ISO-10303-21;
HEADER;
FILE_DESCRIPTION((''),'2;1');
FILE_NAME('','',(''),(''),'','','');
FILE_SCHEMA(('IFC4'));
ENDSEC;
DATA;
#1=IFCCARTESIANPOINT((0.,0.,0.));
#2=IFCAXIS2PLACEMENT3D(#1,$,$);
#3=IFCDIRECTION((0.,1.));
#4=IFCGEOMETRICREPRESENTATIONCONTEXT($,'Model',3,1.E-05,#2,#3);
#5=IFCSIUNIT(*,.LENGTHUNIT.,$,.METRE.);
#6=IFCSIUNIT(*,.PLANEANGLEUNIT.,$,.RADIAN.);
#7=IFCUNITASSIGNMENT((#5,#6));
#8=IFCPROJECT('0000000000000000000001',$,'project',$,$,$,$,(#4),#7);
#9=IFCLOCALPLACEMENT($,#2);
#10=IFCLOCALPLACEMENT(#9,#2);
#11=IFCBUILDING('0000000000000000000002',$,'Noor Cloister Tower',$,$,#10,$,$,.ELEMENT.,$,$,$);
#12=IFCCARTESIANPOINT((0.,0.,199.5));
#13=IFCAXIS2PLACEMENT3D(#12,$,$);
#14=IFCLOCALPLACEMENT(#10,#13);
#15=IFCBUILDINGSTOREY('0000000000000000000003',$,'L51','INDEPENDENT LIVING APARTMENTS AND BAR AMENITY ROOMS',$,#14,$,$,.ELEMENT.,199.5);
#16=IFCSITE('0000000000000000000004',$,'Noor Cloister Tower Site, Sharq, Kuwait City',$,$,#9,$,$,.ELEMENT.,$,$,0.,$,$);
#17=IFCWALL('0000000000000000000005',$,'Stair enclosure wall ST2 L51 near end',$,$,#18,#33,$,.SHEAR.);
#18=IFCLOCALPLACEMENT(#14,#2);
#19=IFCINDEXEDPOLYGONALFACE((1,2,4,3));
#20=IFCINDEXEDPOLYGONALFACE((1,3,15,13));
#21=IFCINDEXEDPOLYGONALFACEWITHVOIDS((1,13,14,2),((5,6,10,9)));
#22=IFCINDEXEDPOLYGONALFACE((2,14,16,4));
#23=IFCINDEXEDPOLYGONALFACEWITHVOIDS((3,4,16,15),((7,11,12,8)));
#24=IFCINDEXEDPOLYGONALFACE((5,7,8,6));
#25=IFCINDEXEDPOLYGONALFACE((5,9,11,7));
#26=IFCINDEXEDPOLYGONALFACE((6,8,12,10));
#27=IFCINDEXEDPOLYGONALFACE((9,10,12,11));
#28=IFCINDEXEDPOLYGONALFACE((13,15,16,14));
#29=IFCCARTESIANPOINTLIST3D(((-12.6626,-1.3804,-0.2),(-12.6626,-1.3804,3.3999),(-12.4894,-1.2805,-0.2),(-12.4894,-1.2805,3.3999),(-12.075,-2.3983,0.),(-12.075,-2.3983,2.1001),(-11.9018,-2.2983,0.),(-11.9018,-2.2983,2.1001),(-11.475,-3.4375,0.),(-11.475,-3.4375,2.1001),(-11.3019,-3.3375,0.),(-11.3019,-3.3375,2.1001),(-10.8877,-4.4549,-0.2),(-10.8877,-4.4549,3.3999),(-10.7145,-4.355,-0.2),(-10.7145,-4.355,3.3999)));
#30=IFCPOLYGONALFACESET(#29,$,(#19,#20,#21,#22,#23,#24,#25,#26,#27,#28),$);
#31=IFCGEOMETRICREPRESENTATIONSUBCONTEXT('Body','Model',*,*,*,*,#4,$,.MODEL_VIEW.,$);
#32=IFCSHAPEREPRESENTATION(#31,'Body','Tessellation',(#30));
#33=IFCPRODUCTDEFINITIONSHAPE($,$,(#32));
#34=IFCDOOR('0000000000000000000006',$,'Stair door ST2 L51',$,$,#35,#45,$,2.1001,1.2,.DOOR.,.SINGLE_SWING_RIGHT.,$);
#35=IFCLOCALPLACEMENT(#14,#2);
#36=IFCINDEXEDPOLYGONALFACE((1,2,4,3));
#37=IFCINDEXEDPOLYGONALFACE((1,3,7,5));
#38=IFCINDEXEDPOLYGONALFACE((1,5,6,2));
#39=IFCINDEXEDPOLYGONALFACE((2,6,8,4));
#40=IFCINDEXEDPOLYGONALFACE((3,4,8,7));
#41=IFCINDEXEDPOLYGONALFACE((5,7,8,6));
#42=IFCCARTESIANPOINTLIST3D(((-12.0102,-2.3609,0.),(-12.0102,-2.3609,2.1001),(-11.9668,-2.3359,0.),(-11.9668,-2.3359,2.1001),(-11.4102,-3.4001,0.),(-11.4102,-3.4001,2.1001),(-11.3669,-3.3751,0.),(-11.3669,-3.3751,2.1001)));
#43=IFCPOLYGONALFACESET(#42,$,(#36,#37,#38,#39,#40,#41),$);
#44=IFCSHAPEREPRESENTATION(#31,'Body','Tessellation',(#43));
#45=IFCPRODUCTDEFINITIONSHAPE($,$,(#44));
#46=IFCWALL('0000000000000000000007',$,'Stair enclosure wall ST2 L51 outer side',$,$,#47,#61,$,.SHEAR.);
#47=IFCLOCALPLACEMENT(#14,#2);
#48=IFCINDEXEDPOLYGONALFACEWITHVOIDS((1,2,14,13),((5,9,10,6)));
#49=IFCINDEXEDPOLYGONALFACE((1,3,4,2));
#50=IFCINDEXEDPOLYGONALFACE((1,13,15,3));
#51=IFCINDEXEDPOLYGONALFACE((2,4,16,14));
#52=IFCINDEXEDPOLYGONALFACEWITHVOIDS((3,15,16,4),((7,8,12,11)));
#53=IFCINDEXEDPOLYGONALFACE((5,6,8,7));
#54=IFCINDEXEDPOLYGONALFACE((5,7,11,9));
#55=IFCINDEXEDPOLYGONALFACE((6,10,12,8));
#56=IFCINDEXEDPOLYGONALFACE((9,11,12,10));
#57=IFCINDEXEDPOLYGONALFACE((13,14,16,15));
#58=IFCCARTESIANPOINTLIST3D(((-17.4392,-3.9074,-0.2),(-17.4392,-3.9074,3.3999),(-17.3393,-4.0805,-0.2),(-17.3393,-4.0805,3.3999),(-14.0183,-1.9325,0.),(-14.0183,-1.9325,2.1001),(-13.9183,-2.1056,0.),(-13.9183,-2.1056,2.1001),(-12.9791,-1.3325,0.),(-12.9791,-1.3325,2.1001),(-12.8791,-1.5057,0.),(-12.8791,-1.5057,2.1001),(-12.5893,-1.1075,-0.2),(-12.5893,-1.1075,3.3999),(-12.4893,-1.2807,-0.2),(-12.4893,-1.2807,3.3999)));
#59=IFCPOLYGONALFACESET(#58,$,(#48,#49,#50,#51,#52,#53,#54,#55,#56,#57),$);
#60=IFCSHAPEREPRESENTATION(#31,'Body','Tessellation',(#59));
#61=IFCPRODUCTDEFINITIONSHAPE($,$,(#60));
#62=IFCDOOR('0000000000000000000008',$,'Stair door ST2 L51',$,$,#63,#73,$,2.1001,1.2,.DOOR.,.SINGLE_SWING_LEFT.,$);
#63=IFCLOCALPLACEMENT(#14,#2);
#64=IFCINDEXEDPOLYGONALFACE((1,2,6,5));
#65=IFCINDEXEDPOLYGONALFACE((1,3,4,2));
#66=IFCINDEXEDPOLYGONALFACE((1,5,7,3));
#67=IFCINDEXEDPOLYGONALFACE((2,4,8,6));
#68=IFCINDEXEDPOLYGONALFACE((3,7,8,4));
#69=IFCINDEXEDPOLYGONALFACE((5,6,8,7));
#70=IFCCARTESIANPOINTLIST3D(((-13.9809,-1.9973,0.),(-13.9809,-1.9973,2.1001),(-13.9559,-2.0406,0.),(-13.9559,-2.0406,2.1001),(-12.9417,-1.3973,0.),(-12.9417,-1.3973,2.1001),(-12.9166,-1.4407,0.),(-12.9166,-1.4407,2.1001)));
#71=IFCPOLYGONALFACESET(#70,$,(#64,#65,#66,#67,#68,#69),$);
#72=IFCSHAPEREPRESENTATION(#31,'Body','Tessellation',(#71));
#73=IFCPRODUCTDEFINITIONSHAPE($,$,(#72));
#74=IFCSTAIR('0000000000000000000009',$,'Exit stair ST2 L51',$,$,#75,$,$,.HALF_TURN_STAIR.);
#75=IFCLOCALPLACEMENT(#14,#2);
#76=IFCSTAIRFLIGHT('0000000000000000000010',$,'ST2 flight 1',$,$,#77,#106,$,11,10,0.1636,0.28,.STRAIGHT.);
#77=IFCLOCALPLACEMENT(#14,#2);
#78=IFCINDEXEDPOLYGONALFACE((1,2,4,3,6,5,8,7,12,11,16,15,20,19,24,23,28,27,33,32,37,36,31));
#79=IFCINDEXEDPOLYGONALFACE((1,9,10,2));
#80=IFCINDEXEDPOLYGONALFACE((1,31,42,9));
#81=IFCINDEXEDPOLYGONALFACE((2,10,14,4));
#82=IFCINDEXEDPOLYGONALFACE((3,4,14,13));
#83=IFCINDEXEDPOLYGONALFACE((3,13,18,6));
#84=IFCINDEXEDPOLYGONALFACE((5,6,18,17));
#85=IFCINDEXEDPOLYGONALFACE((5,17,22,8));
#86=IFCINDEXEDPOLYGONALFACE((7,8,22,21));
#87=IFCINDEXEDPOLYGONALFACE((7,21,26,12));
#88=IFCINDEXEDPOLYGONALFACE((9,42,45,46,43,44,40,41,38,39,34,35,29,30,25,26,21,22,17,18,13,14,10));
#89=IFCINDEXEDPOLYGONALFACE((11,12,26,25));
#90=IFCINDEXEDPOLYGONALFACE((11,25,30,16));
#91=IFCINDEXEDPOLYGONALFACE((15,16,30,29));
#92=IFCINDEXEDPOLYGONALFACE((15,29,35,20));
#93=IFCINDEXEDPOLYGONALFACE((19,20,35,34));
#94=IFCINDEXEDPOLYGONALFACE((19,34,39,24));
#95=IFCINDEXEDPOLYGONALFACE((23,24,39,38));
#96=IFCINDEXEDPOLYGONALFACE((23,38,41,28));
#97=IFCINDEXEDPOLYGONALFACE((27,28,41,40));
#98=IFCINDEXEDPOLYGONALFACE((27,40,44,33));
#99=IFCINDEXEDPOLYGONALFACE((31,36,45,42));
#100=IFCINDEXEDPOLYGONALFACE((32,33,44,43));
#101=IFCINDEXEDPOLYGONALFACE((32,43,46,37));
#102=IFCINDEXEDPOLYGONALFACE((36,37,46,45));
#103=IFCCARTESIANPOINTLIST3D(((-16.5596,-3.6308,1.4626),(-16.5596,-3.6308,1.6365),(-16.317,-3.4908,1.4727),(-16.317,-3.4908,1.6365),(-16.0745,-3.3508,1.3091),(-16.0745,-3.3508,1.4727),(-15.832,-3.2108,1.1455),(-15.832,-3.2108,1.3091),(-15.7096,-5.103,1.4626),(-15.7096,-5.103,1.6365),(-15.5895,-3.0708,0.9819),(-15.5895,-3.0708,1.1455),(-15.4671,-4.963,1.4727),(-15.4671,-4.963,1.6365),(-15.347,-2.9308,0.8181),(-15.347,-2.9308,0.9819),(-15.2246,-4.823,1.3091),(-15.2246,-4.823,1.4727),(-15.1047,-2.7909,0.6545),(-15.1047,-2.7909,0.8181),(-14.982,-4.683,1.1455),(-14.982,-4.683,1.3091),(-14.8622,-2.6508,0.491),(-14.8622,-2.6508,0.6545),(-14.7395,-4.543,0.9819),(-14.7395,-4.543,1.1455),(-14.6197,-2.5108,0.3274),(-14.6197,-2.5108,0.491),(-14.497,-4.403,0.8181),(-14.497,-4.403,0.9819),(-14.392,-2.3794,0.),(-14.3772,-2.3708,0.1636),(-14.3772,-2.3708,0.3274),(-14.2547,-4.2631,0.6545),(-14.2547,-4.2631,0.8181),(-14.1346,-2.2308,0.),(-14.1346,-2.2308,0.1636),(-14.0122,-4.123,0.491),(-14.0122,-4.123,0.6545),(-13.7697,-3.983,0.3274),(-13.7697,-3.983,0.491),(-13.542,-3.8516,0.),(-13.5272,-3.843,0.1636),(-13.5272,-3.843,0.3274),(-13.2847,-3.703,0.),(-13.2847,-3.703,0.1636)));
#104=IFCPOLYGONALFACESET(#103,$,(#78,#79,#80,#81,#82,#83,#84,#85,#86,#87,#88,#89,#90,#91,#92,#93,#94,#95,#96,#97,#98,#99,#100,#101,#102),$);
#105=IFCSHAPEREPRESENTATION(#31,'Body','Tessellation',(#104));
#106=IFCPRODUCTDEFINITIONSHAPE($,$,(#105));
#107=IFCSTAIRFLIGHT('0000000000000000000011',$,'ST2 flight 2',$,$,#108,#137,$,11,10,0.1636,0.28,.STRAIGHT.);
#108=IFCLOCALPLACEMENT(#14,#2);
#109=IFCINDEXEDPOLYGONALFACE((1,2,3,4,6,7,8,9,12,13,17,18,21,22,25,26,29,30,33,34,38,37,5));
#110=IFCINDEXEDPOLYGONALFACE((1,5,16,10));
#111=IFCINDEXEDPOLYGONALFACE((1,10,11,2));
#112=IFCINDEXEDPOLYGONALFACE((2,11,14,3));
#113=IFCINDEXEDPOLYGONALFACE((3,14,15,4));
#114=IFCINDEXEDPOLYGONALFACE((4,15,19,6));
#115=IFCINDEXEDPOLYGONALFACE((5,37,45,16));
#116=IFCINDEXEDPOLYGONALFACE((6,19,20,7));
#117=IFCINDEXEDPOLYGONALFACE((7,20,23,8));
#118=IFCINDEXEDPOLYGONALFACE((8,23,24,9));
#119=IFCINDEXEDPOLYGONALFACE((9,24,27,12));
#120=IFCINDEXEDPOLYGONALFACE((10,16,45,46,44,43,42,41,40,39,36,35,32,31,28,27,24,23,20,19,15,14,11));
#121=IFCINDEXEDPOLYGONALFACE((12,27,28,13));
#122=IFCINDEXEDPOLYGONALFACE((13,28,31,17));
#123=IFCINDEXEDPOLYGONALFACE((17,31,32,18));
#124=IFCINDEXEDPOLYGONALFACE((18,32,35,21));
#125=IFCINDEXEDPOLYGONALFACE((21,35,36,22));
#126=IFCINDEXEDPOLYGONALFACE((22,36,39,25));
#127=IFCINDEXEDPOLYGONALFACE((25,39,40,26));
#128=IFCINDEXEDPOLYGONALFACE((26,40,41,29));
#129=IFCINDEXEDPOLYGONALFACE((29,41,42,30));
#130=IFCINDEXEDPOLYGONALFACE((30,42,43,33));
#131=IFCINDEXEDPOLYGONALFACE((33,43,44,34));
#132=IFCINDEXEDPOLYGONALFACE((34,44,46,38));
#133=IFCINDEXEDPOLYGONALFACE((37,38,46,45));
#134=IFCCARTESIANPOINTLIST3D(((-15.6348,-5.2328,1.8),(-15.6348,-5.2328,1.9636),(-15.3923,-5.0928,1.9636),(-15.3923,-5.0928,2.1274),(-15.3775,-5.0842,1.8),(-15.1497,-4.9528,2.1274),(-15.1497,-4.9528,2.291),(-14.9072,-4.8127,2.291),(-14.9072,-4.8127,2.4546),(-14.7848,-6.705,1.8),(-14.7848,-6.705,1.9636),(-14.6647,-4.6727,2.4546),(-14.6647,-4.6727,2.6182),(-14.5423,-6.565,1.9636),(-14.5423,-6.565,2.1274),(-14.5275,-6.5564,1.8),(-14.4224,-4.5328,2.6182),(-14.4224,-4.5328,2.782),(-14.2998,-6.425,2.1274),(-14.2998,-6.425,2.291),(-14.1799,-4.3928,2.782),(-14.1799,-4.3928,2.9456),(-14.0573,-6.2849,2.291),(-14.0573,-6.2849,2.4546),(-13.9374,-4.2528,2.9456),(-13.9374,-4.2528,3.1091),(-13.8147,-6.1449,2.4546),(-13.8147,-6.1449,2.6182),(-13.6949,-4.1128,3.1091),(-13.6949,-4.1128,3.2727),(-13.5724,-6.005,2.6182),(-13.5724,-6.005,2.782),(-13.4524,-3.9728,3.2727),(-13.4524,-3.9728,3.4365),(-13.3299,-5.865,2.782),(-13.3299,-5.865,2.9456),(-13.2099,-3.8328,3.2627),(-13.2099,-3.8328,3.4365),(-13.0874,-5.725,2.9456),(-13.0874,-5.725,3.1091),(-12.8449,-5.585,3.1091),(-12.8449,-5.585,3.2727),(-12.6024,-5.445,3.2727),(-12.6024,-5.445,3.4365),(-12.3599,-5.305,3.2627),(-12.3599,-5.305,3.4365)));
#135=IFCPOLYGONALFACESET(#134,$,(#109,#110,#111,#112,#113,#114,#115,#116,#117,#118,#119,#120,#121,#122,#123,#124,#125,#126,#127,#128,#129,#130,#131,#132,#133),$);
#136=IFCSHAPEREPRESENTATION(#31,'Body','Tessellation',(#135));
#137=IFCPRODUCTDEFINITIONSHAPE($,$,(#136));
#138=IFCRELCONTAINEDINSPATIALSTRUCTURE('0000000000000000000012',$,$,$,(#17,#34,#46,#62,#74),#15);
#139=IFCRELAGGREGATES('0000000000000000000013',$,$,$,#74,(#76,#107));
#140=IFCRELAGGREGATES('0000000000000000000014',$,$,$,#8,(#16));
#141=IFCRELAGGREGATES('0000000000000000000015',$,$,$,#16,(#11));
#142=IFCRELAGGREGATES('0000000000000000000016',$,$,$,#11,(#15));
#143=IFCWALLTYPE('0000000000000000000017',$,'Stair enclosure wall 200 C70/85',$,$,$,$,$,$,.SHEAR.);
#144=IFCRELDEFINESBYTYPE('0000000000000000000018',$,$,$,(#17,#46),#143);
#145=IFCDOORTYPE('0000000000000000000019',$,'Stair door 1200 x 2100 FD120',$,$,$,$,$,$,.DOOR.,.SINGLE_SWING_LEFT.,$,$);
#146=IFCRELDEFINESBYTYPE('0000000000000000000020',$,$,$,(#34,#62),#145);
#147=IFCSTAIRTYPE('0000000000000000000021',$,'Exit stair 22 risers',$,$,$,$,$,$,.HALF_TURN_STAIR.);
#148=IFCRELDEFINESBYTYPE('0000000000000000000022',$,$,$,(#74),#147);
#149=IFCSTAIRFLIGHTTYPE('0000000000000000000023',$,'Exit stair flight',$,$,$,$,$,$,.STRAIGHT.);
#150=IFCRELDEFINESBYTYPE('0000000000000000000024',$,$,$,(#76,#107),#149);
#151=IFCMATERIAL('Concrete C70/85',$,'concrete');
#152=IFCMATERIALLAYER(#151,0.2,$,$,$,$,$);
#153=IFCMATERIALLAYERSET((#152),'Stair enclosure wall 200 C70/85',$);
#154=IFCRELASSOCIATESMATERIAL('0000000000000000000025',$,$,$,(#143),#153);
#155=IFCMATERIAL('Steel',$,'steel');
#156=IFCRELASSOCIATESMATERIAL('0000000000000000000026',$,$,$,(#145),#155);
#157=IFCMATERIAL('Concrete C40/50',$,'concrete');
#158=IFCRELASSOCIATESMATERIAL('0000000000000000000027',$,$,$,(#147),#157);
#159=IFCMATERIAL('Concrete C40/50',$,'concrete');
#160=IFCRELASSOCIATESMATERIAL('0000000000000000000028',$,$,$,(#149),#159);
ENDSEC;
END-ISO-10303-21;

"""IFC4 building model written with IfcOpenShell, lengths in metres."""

from ifc_helpers import new_model, si_unit, direction, frame, frame_2d, origin, place, context, subcontext, project, spatial, polyline, rectangle, outline, extrude, material, layer, layer_set, type_object, element, fill, aggregate, save


model = new_model("IFC4")

# Units and contexts
model_context = context("Model", 3, precision=1e-05, world=origin(), true_north=direction((0.0, 1.0)))
body_context = subcontext(model_context, "Body", "Model", "MODEL_VIEW")
ifc_project = project(units=[si_unit("LENGTHUNIT", "METRE"), si_unit("PLANEANGLEUNIT", "RADIAN")], contexts=[model_context])

# Site, building, storey
site_placement = place(None, origin())
site = spatial("IfcSite", under=ifc_project, at=site_placement, Name="Noor Cloister Tower Site, Sharq, Kuwait City", CompositionType="ELEMENT", RefElevation=0.0)
building_placement = place(site_placement, origin())
building = spatial("IfcBuilding", under=site, at=building_placement, Name="Noor Cloister Tower", CompositionType="ELEMENT")
storey_placement = place(building_placement, frame((0.0, 0.0, 199.5)))
storey = spatial("IfcBuildingStorey", under=building, at=storey_placement, Name="L51", Description="INDEPENDENT LIVING APARTMENTS AND BAR AMENITY ROOMS", CompositionType="ELEMENT", Elevation=199.5)

# Walls, openings, doors
ifc_material_1 = material(Name="Concrete C70/85", Category="concrete")
ifc_layer_1 = layer(ifc_material_1, 0.2)
ifc_layer_set_1 = layer_set([ifc_layer_1], Name="Stair enclosure wall 200 C70/85")
wall_type_1 = type_object("IfcWallType", Name="Stair enclosure wall 200 C70/85", PredefinedType="SHEAR", material=ifc_layer_set_1)
wall_1_placement = place(storey_placement, frame((-12.5759, -1.3306, -0.2), z_axis=(0.0, 0.0, 1.0), x_axis=(0.49997, -0.866042, 0.0)))
wall_1 = element("IfcWall", 1, at=wall_1_placement, inside=storey, type_object=wall_type_1, Name="Stair enclosure wall ST2 L51 near end", PredefinedType="SHEAR", context=body_context, shape_type="SweptSolid", body=[
    extrude(rectangle(XDim=3.55, YDim=0.2, at=frame_2d((1.7749, 0.0))), origin(), (0.0, 0.0, 1.0), 3.5999),
])
opening_1_placement = place(wall_1_placement, frame((1.175, 0.0, 0.2)))
opening_1 = element("IfcOpeningElement", 2, at=opening_1_placement, cuts=wall_1, PredefinedType="OPENING", context=body_context, shape_type="SweptSolid", body=[
    extrude(rectangle(XDim=1.2, YDim=2.1001, at=frame_2d((0.6001, 1.05))), frame((0.0, 0.1099, 0.0), z_axis=(0.0, -1.0, 0.0), x_axis=(1.0, 0.0, 0.0)), (0.0, 0.0, 1.0), 0.22),
])
ifc_material_2 = material(Name="Steel", Category="steel")
door_type_1 = type_object("IfcDoorType", Name="Stair door 1200 x 2100 FD120", OperationType="SINGLE_SWING_LEFT", PredefinedType="DOOR", material=ifc_material_2)
door_1_placement = place(opening_1_placement, origin())
door_1 = element("IfcDoor", 3, at=door_1_placement, inside=storey, type_object=door_type_1, Name="Stair door ST2 L51", OperationType="SINGLE_SWING_RIGHT", OverallHeight=2.1001, OverallWidth=1.2, PredefinedType="DOOR", context=body_context, shape_type="SweptSolid", body=[
    extrude(rectangle(XDim=1.2, YDim=2.1001, at=frame_2d((0.6001, 1.05))), frame((0.0, 0.0249, 0.0), z_axis=(0.0, -1.0, 0.0), x_axis=(1.0, 0.0, 0.0)), (0.0, 0.0, 1.0), 0.05),
])
fill(opening_1, door_1)
wall_2_placement = place(storey_placement, frame((-12.5393, -1.1941, -0.2), z_axis=(0.0, 0.0, 1.0), x_axis=(-0.866045, -0.499965, 0.0)))
wall_2 = element("IfcWall", 4, at=wall_2_placement, inside=storey, type_object=wall_type_1, Name="Stair enclosure wall ST2 L51 outer side", PredefinedType="SHEAR", context=body_context, shape_type="SweptSolid", body=[
    extrude(rectangle(XDim=5.6001, YDim=0.2, at=frame_2d((2.8, 0.0))), origin(), (0.0, 0.0, 1.0), 3.5999),
])
opening_2_placement = place(wall_2_placement, frame((0.45, 0.0, 0.2)))
opening_2 = element("IfcOpeningElement", 5, at=opening_2_placement, cuts=wall_2, PredefinedType="OPENING", context=body_context, shape_type="SweptSolid", body=[
    extrude(rectangle(XDim=1.2, YDim=2.1001, at=frame_2d((0.6001, 1.05))), frame((0.0, 0.1099, 0.0), z_axis=(0.0, -1.0, 0.0), x_axis=(1.0, 0.0, 0.0)), (0.0, 0.0, 1.0), 0.22),
])
door_2_placement = place(opening_2_placement, origin())
door_2 = element("IfcDoor", 6, at=door_2_placement, inside=storey, type_object=door_type_1, Name="Stair door ST2 L51", OperationType="SINGLE_SWING_LEFT", OverallHeight=2.1001, OverallWidth=1.2, PredefinedType="DOOR", context=body_context, shape_type="SweptSolid", body=[
    extrude(rectangle(XDim=1.2, YDim=2.1001, at=frame_2d((0.6001, 1.05))), frame((0.0, 0.0249, 0.0), z_axis=(0.0, -1.0, 0.0), x_axis=(1.0, 0.0, 0.0)), (0.0, 0.0, 1.0), 0.05),
])
fill(opening_2, door_2)

# Stair, stair flights
ifc_material_3 = material(Name="Concrete C40/50", Category="concrete")
stair_type = type_object("IfcStairType", Name="Exit stair 22 risers", PredefinedType="HALF_TURN_STAIR", material=ifc_material_3)
stair_placement = place(storey_placement, origin())
stair = element("IfcStair", 7, at=stair_placement, inside=storey, type_object=stair_type, Name="Exit stair ST2 L51", PredefinedType="HALF_TURN_STAIR")
ifc_material_4 = material(Name="Concrete C40/50", Category="concrete")
stair_flight_type = type_object("IfcStairFlightType", Name="Exit stair flight", PredefinedType="STRAIGHT", material=ifc_material_4)
stair_flight_1_placement = place(storey_placement, frame((-13.7097, -2.9668, 0.0), z_axis=(0.0, 0.0, 1.0), x_axis=(-0.866025, -0.5, 0.0)))
stair_flight_1 = element("IfcStairFlight", 8, at=stair_flight_1_placement, type_object=stair_flight_type, Name="ST2 flight 1", NumberOfRisers=11, NumberOfTreads=10, PredefinedType="STRAIGHT", RiserHeight=0.1636, TreadLength=0.28, context=body_context, shape_type="SweptSolid", body=[
    extrude(outline(polyline([(0.0, 0.0), (0.0, 0.1636), (0.28, 0.1636), (0.28, 0.3274), (0.5601, 0.3274), (0.5601, 0.491), (0.8401, 0.491), (0.8401, 0.6545), (1.1201, 0.6545), (1.1201, 0.8181), (1.3999, 0.8181), (1.3999, 0.9819), (1.6799, 0.9819), (1.6799, 1.1455), (1.96, 1.1455), (1.96, 1.3091), (2.24, 1.3091), (2.24, 1.4727), (2.52, 1.4727), (2.52, 1.6365), (2.8, 1.6365), (2.8, 1.8), (2.8, 1.4626), (0.2971, 0.0), (0.0, 0.0)])), frame((0.0, 0.8501, 0.0), z_axis=(0.0, -1.0, 0.0), x_axis=(1.0, 0.0, 0.0)), (0.0, 0.0, 1.0), 1.7),
])
stair_flight_2_placement = place(storey_placement, frame((-15.2097, -5.969, 1.8), z_axis=(0.0, 0.0, 1.0), x_axis=(0.866025, 0.5, 0.0)))
stair_flight_2 = element("IfcStairFlight", 9, at=stair_flight_2_placement, type_object=stair_flight_type, Name="ST2 flight 2", NumberOfRisers=11, NumberOfTreads=10, PredefinedType="STRAIGHT", RiserHeight=0.1636, TreadLength=0.28, context=body_context, shape_type="SweptSolid", body=[
    extrude(outline(polyline([(0.0, 0.0), (0.0, 0.1636), (0.28, 0.1636), (0.28, 0.3274), (0.5601, 0.3274), (0.5601, 0.491), (0.8401, 0.491), (0.8401, 0.6545), (1.1201, 0.6545), (1.1201, 0.8181), (1.3999, 0.8181), (1.3999, 0.9819), (1.6799, 0.9819), (1.6799, 1.1455), (1.96, 1.1455), (1.96, 1.3091), (2.24, 1.3091), (2.24, 1.4727), (2.52, 1.4727), (2.52, 1.6365), (2.8, 1.6365), (2.8, 1.8), (2.8, 1.4626), (0.2971, 0.0), (0.0, 0.0)])), frame((0.0, 0.8501, 0.0), z_axis=(0.0, -1.0, 0.0), x_axis=(1.0, 0.0, 0.0)), (0.0, 0.0, 1.0), 1.7),
])
aggregate(stair, [stair_flight_1, stair_flight_2])

save(model, "model.ifc")
